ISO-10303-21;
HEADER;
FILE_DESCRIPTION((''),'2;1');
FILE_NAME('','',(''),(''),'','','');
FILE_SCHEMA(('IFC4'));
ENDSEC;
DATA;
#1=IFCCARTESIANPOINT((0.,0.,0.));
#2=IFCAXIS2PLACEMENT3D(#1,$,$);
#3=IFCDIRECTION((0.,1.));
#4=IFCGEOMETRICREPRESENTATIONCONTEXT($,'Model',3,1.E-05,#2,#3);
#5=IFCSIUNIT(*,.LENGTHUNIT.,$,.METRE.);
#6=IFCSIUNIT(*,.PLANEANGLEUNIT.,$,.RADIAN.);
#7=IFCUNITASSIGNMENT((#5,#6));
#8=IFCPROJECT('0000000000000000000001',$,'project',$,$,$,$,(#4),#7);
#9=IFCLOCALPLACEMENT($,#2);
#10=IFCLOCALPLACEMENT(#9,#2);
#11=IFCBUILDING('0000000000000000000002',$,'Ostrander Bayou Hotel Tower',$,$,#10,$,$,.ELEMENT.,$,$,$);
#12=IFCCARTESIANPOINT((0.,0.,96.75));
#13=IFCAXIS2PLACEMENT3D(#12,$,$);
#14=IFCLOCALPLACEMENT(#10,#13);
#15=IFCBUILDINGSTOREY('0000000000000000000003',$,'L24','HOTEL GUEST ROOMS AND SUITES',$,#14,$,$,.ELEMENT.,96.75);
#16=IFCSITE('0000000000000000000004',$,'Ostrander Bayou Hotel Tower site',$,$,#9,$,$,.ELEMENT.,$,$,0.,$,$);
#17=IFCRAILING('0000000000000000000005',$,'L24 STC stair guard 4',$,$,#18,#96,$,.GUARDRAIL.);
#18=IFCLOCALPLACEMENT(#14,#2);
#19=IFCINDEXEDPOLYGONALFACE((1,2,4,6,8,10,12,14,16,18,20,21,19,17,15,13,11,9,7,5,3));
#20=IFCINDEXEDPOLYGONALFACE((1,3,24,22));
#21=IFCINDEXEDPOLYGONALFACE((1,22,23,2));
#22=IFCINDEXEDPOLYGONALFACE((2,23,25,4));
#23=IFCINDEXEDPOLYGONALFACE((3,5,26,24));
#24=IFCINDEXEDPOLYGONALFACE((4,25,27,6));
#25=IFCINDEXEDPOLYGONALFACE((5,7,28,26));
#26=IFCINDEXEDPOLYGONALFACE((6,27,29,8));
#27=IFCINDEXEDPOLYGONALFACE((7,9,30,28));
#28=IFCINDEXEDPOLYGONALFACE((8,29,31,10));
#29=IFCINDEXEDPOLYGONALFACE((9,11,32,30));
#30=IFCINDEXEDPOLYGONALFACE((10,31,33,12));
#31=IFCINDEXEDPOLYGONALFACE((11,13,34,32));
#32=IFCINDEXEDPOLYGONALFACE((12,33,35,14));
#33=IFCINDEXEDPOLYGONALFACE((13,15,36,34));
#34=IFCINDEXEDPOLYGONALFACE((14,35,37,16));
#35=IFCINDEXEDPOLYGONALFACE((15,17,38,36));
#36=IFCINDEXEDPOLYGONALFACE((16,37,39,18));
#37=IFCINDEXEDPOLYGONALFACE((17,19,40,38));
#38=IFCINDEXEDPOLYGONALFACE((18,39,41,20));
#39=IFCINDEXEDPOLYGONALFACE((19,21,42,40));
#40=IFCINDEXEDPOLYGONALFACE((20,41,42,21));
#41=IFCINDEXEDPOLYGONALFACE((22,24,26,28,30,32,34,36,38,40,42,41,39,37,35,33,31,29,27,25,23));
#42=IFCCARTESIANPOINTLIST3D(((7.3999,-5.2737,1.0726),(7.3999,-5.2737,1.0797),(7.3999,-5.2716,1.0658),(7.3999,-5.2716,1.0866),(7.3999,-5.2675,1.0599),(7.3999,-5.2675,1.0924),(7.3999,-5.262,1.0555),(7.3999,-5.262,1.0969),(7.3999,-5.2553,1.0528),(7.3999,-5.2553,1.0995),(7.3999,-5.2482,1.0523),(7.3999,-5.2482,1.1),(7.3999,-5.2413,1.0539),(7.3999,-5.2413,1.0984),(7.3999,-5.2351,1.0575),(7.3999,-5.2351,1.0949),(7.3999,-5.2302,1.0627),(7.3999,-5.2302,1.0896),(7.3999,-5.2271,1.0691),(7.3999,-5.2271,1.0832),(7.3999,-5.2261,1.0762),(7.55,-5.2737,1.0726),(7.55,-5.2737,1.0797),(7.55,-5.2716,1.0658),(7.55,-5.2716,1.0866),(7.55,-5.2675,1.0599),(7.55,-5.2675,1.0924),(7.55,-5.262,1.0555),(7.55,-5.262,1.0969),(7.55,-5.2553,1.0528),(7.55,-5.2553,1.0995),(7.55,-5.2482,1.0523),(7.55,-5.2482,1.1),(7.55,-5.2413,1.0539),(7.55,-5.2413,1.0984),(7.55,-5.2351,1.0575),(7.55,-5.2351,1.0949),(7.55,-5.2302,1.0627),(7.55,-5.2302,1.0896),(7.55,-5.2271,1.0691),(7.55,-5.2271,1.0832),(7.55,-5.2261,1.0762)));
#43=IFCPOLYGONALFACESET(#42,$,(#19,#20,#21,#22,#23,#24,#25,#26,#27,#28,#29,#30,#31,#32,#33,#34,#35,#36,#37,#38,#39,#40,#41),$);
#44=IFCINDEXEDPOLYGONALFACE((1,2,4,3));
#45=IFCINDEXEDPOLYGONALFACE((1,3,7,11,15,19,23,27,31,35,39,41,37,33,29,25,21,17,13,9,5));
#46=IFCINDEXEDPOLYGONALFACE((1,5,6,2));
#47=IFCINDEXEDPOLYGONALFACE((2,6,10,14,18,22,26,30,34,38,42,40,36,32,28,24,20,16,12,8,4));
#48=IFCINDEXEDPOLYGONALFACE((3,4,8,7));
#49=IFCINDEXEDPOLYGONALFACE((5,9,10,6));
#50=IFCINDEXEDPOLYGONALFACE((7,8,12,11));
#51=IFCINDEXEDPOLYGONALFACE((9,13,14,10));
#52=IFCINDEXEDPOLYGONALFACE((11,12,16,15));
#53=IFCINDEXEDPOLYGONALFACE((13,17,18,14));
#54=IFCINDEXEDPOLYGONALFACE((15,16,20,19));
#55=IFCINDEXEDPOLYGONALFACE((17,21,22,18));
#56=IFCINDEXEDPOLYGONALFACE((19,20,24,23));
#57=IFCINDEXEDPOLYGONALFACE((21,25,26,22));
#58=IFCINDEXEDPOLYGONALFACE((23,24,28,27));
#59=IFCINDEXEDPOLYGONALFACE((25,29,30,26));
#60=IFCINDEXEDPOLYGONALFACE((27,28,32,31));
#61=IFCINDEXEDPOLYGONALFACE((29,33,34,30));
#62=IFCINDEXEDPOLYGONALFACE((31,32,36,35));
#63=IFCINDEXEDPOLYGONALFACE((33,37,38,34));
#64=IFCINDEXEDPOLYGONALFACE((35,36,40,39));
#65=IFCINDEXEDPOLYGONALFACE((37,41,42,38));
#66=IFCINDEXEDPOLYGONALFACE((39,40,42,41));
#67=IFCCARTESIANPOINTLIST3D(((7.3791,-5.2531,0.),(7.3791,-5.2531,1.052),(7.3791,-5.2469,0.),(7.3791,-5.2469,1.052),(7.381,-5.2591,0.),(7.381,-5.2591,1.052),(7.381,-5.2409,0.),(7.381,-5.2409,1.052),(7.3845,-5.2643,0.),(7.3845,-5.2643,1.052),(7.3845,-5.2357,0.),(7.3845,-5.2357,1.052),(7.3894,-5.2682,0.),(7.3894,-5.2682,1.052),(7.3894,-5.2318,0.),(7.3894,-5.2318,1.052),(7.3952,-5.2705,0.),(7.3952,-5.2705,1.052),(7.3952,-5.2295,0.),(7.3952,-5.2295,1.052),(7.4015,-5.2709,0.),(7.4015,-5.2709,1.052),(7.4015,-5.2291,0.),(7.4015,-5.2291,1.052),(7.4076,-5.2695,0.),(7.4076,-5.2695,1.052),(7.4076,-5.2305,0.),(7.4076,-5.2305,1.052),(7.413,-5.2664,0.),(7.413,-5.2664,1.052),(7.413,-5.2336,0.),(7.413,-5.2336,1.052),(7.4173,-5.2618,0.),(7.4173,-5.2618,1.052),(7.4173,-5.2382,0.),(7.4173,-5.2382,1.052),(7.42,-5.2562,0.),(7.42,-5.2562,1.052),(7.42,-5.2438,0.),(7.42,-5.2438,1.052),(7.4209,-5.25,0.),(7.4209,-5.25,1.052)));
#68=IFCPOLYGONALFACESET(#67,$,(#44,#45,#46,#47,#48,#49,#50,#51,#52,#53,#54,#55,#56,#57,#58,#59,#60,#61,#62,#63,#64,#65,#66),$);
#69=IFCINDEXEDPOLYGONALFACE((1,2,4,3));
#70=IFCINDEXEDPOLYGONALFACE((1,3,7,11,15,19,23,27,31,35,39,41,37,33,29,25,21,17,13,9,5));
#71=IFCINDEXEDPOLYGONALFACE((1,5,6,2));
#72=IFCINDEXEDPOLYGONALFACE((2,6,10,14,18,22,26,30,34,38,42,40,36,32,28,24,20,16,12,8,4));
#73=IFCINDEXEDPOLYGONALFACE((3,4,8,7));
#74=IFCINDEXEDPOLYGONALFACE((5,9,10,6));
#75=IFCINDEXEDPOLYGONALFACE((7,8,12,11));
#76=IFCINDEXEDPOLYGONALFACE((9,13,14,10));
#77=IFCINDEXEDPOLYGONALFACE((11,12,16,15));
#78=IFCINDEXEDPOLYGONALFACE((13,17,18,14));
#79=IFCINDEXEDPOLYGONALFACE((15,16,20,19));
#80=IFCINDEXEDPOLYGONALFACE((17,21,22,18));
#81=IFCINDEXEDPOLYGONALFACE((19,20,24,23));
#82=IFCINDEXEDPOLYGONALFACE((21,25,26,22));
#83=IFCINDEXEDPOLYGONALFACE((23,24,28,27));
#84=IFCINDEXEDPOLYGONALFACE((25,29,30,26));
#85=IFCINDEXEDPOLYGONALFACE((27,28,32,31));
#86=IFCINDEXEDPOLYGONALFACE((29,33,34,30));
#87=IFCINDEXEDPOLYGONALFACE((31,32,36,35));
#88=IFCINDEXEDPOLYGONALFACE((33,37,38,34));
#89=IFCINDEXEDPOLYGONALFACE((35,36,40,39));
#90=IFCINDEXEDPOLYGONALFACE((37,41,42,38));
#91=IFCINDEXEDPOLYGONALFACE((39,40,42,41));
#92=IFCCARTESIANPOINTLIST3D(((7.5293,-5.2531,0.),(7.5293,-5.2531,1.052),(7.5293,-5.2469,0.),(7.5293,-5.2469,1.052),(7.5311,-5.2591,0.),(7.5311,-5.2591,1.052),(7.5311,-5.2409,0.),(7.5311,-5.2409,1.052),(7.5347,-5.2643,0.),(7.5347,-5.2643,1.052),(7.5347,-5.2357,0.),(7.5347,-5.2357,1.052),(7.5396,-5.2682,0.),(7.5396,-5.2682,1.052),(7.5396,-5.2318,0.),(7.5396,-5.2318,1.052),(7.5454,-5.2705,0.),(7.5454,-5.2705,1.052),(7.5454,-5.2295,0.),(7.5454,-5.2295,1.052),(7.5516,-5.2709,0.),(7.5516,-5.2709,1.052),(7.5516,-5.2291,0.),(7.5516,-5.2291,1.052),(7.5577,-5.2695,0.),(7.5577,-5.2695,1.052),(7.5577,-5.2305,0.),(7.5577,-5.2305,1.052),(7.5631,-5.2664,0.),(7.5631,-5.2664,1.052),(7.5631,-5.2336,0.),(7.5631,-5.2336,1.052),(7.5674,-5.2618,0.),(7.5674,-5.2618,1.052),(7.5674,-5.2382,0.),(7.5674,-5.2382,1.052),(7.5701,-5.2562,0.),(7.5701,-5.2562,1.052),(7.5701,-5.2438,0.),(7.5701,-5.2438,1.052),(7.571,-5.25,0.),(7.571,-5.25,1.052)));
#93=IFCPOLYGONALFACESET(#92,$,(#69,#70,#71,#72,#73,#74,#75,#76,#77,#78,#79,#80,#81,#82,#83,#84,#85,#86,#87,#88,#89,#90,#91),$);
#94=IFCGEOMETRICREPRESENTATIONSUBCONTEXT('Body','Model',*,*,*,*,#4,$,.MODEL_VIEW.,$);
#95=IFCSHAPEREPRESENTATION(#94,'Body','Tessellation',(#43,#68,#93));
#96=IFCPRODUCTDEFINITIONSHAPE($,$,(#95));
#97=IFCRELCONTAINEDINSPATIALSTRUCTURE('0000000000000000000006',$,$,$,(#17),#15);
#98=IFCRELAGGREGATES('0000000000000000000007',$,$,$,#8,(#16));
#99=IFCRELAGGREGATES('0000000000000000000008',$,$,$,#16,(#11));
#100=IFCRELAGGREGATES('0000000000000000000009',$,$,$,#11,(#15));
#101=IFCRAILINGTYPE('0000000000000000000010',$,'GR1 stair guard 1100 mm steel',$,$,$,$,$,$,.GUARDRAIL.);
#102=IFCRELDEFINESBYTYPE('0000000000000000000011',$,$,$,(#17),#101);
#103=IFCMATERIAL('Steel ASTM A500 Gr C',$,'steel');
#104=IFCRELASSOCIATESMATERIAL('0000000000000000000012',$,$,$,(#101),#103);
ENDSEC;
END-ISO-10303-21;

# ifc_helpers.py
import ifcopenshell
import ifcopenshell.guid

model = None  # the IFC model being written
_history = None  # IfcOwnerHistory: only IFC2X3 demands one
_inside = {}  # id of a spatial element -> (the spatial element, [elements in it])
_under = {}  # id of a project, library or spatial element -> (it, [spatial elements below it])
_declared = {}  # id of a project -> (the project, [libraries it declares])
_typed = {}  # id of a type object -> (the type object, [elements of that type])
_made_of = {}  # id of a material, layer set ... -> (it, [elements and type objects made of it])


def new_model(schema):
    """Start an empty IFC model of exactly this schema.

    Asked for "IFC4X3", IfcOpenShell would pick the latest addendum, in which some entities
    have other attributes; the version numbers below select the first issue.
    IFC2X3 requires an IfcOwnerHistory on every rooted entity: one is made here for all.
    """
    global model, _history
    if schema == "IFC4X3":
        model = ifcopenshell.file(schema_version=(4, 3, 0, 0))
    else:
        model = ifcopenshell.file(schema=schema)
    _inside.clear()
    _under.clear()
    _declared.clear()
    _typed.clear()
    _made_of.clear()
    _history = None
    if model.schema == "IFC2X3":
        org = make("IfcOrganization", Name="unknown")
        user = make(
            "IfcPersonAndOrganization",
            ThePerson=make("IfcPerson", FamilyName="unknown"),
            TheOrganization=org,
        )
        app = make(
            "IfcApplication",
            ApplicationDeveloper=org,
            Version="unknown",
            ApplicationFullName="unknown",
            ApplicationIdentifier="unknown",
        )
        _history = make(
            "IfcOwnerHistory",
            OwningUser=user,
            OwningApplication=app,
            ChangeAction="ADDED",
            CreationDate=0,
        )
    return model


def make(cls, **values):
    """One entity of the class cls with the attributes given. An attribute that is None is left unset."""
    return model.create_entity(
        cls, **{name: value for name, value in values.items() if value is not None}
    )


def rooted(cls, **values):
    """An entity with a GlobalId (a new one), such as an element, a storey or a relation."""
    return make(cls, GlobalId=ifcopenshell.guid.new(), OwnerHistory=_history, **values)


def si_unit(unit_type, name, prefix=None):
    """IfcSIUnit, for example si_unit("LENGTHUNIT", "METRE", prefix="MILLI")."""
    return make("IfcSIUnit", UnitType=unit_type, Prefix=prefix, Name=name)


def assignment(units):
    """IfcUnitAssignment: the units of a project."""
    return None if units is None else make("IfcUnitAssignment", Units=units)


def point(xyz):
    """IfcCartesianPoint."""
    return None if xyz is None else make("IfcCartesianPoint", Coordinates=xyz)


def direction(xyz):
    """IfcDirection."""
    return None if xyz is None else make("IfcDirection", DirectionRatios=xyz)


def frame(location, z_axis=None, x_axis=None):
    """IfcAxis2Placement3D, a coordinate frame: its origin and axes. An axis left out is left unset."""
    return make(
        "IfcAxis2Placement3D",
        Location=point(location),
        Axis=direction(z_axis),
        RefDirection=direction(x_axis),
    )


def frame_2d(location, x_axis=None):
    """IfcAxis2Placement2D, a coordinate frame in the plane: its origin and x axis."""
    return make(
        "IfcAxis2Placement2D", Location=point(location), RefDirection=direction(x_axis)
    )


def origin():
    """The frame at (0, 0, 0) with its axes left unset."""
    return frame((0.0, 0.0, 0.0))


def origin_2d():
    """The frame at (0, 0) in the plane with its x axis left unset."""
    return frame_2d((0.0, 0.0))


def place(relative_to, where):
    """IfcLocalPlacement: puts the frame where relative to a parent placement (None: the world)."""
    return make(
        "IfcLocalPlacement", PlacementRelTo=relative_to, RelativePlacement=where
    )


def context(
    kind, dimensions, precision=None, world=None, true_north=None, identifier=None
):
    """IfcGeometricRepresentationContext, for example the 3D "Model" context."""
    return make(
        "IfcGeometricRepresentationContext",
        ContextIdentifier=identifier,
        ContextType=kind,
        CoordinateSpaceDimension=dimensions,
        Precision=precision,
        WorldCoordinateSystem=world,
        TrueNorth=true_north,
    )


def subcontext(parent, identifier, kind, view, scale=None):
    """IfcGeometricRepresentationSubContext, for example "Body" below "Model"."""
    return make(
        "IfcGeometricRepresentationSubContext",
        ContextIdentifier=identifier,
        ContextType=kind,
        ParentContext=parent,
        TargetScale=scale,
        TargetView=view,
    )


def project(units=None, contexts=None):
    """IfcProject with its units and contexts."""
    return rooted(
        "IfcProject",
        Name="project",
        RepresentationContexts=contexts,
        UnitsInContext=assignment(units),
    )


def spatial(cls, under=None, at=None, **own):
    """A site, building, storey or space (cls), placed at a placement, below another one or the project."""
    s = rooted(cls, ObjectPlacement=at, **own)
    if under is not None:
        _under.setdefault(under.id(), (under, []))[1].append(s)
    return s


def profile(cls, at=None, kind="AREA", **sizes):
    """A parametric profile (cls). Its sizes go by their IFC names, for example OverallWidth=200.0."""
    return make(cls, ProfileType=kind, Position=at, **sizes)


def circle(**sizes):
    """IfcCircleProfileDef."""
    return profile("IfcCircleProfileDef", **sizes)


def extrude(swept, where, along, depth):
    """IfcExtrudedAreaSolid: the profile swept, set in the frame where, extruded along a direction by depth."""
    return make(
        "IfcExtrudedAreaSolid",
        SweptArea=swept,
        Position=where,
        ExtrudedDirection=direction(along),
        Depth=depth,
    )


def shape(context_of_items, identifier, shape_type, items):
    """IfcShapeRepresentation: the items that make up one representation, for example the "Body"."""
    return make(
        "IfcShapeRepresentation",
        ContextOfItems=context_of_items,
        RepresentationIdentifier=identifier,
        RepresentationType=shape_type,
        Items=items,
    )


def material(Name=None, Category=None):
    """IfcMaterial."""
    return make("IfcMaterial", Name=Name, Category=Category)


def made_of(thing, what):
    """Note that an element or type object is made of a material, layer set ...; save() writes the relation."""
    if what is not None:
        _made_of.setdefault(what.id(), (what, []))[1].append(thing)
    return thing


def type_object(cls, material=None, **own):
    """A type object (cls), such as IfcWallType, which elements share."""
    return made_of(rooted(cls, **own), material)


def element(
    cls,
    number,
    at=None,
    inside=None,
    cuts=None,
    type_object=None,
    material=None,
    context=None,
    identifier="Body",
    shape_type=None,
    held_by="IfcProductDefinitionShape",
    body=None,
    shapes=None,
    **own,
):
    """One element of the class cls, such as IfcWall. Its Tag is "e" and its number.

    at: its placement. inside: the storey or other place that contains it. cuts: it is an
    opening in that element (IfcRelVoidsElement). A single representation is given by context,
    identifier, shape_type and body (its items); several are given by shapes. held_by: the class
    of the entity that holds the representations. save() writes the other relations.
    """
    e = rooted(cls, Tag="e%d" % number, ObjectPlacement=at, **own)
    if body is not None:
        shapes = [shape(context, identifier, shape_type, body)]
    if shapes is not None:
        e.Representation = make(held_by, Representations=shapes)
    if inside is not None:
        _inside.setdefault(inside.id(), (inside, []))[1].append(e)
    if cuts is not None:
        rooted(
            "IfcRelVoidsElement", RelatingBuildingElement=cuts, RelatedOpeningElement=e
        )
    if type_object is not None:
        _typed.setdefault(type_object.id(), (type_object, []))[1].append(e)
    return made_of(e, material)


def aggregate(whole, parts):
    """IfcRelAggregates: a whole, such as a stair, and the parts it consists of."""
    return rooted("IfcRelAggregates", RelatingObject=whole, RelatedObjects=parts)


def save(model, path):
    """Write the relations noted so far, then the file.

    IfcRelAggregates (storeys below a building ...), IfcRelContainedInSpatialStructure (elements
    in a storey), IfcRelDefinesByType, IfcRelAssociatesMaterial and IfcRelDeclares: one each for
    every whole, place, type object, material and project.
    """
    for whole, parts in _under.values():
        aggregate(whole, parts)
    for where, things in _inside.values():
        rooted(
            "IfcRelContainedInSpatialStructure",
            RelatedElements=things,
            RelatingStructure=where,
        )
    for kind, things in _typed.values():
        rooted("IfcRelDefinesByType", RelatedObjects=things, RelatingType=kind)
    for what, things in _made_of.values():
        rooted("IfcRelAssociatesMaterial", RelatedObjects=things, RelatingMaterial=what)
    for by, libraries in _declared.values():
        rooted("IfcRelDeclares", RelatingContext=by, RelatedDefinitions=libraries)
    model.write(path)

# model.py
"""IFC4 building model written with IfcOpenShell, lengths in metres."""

from ifc_helpers import new_model, si_unit, direction, frame, origin, origin_2d, place, context, subcontext, project, spatial, circle, extrude, material, type_object, element, save


model = new_model("IFC4")

# Units and contexts
model_context = context("Model", 3, precision=1e-05, world=origin(), true_north=direction((0.0, 1.0)))
body_context = subcontext(model_context, "Body", "Model", "MODEL_VIEW")
ifc_project = project(units=[si_unit("LENGTHUNIT", "METRE"), si_unit("PLANEANGLEUNIT", "RADIAN")], contexts=[model_context])

# Site, building, storey
site_placement = place(None, origin())
site = spatial("IfcSite", under=ifc_project, at=site_placement, Name="Ostrander Bayou Hotel Tower site", CompositionType="ELEMENT", RefElevation=0.0)
building_placement = place(site_placement, origin())
building = spatial("IfcBuilding", under=site, at=building_placement, Name="Ostrander Bayou Hotel Tower", CompositionType="ELEMENT")
storey_placement = place(building_placement, frame((0.0, 0.0, 96.75)))
storey = spatial("IfcBuildingStorey", under=building, at=storey_placement, Name="L24", Description="HOTEL GUEST ROOMS AND SUITES", CompositionType="ELEMENT", Elevation=96.75)

# Railing
ifc_material_1 = material(Name="Steel ASTM A500 Gr C", Category="steel")
railing_type_1 = type_object("IfcRailingType", Name="GR1 stair guard 1100 mm steel", PredefinedType="GUARDRAIL", material=ifc_material_1)
railing_1_placement = place(storey_placement, frame((7.3999, -5.25, 0.0)))
element("IfcRailing", 1, at=railing_1_placement, inside=storey, type_object=railing_type_1, Name="L24 STC stair guard 4", PredefinedType="GUARDRAIL", context=body_context, shape_type="SweptSolid", body=[
    extrude(circle(Radius=0.0239, at=origin_2d()), frame((0.0, 0.0, 1.0762), z_axis=(1.0, 0.0, 0.0), x_axis=(0.0, 1.0, 0.0)), (0.0, 0.0, 1.0), 0.1501),
    extrude(circle(Radius=0.021, at=origin_2d()), origin(), (0.0, 0.0, 1.0), 1.052),
    extrude(circle(Radius=0.021, at=origin_2d()), frame((0.1501, 0.0, 0.0)), (0.0, 0.0, 1.0), 1.052),
])

save(model, "model.ifc")
